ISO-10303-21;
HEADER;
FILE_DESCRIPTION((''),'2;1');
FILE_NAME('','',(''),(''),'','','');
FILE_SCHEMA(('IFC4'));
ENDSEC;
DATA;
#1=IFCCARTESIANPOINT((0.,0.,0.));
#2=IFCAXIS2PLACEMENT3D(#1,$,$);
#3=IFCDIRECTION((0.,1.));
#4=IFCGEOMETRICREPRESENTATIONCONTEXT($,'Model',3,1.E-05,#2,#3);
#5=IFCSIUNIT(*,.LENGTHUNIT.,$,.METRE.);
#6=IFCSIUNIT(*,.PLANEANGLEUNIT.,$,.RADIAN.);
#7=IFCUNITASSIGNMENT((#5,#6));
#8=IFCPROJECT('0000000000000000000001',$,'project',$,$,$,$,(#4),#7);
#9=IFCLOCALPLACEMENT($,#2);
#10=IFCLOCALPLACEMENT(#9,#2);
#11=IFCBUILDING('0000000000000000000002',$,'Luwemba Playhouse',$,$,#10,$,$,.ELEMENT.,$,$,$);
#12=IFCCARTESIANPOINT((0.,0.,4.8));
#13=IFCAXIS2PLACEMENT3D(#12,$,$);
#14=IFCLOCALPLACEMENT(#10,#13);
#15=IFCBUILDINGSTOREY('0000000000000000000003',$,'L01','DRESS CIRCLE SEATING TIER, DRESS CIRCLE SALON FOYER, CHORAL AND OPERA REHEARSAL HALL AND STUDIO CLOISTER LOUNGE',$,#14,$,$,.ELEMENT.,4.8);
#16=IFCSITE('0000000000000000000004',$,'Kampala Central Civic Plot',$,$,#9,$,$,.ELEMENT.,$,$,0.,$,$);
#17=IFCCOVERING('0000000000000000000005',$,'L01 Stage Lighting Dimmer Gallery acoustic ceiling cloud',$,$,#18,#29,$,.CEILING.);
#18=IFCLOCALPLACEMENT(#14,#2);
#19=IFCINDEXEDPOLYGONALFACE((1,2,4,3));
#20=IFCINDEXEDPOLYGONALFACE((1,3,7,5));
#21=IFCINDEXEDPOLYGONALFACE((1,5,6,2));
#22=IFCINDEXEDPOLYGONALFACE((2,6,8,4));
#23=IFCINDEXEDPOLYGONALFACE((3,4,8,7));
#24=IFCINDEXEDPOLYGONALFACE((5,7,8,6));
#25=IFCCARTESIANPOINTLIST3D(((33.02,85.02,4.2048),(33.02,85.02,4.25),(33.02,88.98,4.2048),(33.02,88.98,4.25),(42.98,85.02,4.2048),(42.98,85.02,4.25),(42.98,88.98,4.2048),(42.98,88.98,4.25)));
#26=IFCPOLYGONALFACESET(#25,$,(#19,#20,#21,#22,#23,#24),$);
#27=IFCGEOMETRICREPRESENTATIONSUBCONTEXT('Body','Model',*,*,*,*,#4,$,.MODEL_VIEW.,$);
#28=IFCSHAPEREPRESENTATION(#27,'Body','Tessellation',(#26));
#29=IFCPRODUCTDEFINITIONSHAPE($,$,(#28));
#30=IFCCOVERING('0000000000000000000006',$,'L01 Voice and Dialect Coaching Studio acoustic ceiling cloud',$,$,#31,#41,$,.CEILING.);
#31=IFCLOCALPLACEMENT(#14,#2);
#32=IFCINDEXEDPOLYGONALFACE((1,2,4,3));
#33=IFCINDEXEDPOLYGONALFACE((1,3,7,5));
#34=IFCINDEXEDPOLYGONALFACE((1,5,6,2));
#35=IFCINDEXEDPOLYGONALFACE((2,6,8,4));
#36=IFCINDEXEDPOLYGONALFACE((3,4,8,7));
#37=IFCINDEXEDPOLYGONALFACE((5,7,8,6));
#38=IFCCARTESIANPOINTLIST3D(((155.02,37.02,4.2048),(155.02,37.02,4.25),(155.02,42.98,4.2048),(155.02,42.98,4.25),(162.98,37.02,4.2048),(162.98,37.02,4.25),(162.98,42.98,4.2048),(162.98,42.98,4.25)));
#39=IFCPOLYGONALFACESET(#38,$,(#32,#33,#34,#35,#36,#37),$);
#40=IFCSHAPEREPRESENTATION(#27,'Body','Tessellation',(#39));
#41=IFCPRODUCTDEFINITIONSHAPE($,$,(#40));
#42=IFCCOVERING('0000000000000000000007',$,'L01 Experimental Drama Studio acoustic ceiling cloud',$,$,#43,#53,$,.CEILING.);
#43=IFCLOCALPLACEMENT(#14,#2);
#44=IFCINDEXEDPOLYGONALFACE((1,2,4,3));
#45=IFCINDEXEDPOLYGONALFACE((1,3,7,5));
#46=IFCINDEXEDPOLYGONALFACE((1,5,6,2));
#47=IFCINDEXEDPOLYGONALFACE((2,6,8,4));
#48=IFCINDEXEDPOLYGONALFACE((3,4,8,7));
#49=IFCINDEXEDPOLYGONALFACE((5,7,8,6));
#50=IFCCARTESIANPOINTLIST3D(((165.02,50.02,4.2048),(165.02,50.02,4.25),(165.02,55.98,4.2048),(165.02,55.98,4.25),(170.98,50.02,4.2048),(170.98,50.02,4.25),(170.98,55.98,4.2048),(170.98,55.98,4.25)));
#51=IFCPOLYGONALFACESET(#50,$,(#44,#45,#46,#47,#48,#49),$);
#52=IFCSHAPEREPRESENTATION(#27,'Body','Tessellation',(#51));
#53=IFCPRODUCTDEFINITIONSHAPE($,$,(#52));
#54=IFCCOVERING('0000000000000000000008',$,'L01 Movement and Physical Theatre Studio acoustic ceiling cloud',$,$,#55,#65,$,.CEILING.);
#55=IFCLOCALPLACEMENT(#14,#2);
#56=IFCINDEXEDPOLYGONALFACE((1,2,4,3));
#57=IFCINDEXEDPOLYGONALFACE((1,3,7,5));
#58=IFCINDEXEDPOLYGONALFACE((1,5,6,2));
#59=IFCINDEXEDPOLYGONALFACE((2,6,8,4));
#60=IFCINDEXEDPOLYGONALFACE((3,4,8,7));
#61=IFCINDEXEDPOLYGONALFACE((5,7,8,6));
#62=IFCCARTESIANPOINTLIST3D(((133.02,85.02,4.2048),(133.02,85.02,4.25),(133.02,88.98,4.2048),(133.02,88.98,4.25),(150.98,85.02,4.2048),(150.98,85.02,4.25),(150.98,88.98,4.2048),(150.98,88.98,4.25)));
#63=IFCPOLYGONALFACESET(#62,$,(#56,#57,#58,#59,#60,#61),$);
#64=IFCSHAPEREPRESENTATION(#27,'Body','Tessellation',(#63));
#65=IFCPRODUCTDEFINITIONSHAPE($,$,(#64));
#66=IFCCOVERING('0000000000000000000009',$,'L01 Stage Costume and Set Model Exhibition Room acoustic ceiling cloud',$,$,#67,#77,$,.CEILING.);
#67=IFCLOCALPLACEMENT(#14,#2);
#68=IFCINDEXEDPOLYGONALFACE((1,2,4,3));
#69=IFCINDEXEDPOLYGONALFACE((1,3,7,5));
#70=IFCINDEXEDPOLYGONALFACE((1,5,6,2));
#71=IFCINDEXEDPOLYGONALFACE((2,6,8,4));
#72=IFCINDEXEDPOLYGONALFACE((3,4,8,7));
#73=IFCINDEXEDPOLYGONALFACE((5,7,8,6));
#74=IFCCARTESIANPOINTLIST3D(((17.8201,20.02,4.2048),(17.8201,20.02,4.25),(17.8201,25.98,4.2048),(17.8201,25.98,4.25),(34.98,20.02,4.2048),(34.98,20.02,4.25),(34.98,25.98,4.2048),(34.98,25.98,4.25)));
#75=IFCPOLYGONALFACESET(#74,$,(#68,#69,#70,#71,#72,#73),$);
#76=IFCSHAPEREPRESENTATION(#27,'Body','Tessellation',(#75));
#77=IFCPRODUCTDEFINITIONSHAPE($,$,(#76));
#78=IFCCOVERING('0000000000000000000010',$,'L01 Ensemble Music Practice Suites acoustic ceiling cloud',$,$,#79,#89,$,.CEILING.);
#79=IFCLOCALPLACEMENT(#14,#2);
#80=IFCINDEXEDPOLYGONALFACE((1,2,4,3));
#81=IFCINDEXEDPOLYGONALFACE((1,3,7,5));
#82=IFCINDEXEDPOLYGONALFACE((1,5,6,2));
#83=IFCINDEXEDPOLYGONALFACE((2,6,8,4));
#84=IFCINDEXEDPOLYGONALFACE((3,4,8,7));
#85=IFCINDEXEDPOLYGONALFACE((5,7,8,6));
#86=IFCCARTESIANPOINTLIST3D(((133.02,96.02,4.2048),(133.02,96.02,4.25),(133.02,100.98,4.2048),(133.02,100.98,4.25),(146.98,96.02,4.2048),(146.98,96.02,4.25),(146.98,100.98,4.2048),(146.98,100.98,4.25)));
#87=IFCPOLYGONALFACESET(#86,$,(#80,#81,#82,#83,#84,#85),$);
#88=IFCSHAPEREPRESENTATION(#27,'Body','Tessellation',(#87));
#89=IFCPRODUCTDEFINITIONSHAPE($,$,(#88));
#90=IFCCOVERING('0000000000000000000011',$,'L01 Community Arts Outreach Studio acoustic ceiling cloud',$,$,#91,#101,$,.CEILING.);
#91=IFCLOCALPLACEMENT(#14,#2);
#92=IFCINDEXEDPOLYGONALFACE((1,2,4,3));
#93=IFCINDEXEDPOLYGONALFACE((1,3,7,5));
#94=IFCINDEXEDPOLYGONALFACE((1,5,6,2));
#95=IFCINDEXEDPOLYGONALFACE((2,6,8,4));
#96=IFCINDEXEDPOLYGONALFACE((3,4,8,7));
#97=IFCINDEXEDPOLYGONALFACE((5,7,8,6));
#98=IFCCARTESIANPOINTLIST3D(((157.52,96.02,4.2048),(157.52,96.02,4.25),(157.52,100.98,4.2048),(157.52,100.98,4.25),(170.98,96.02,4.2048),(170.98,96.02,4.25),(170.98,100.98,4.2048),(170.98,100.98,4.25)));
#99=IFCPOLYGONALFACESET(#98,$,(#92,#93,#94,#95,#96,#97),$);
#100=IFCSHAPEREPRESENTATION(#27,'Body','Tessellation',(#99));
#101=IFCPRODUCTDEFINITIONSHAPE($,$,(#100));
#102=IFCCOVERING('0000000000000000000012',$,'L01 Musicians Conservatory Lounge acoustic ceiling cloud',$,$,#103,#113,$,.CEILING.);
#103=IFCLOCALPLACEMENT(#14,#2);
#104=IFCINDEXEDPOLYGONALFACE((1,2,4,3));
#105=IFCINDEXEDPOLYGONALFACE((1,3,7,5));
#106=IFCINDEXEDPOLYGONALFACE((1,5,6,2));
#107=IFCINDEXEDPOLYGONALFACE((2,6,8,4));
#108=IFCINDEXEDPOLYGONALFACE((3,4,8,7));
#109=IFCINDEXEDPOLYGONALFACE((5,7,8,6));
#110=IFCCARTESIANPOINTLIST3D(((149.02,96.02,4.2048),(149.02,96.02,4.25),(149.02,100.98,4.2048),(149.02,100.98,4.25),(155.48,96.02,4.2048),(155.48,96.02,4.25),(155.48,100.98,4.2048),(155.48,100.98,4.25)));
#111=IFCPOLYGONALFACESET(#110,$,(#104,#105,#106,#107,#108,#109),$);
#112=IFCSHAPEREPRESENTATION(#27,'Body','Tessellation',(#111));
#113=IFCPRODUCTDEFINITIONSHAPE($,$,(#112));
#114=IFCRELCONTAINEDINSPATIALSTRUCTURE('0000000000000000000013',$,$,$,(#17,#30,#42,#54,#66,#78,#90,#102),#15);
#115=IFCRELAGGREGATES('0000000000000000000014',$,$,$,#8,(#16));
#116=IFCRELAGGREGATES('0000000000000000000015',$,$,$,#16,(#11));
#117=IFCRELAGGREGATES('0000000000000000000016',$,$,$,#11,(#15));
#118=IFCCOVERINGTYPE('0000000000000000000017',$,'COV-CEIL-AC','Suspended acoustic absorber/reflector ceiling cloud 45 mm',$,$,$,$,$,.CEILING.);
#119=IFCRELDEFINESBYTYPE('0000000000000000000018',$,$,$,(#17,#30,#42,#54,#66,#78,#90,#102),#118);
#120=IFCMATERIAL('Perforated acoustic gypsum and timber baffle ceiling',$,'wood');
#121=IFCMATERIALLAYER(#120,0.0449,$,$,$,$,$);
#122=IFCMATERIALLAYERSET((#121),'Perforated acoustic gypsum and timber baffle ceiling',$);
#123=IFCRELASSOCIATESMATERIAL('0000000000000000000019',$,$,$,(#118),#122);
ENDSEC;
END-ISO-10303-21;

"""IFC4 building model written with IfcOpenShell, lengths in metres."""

from ifc_helpers import new_model, si_unit, direction, frame, origin, place, context, subcontext, project, spatial, polyline, outline, extrude, material, layer, layer_set, type_object, element, save


model = new_model("IFC4")

# Units and contexts
model_context = context("Model", 3, precision=1e-05, world=origin(), true_north=direction((0.0, 1.0)))
body_context = subcontext(model_context, "Body", "Model", "MODEL_VIEW")
ifc_project = project(units=[si_unit("LENGTHUNIT", "METRE"), si_unit("PLANEANGLEUNIT", "RADIAN")], contexts=[model_context])

# Site, building, storey
site_placement = place(None, origin())
site = spatial("IfcSite", under=ifc_project, at=site_placement, Name="Kampala Central Civic Plot", CompositionType="ELEMENT", RefElevation=0.0)
building_placement = place(site_placement, origin())
building = spatial("IfcBuilding", under=site, at=building_placement, Name="Luwemba Playhouse", CompositionType="ELEMENT")
storey_placement = place(building_placement, frame((0.0, 0.0, 4.8)))
storey = spatial("IfcBuildingStorey", under=building, at=storey_placement, Name="L01", Description="DRESS CIRCLE SEATING TIER, DRESS CIRCLE SALON FOYER, CHORAL AND OPERA REHEARSAL HALL AND STUDIO CLOISTER LOUNGE", CompositionType="ELEMENT", Elevation=4.8)

# Coverings
ifc_material_1 = material(Name="Perforated acoustic gypsum and timber baffle ceiling", Category="wood")
ifc_layer_1 = layer(ifc_material_1, 0.0449)
ifc_layer_set_1 = layer_set([ifc_layer_1], Name="Perforated acoustic gypsum and timber baffle ceiling")
covering_type = type_object("IfcCoveringType", Name="COV-CEIL-AC", Description="Suspended acoustic absorber/reflector ceiling cloud 45 mm", PredefinedType="CEILING", material=ifc_layer_set_1)
covering_1_placement = place(storey_placement, frame((0.0, 0.0, 4.2048)))
element("IfcCovering", 1, at=covering_1_placement, inside=storey, type_object=covering_type, Name="L01 Stage Lighting Dimmer Gallery acoustic ceiling cloud", PredefinedType="CEILING", context=body_context, shape_type="SweptSolid", body=[
    extrude(outline(polyline([(33.02, 85.02), (42.98, 85.02), (42.98, 88.98), (33.02, 88.98), (33.02, 85.02)])), origin(), (0.0, 0.0, 1.0), 0.0452),
])
covering_2_placement = place(storey_placement, frame((0.0, 0.0, 4.2048)))
element("IfcCovering", 2, at=covering_2_placement, inside=storey, type_object=covering_type, Name="L01 Voice and Dialect Coaching Studio acoustic ceiling cloud", PredefinedType="CEILING", context=body_context, shape_type="SweptSolid", body=[
    extrude(outline(polyline([(155.02, 37.02), (162.98, 37.02), (162.98, 42.98), (155.02, 42.98), (155.02, 37.02)])), origin(), (0.0, 0.0, 1.0), 0.0452),
])
covering_3_placement = place(storey_placement, frame((0.0, 0.0, 4.2048)))
element("IfcCovering", 3, at=covering_3_placement, inside=storey, type_object=covering_type, Name="L01 Experimental Drama Studio acoustic ceiling cloud", PredefinedType="CEILING", context=body_context, shape_type="SweptSolid", body=[
    extrude(outline(polyline([(165.02, 50.02), (170.98, 50.02), (170.98, 55.98), (165.02, 55.98), (165.02, 50.02)])), origin(), (0.0, 0.0, 1.0), 0.0452),
])
covering_4_placement = place(storey_placement, frame((0.0, 0.0, 4.2048)))
element("IfcCovering", 4, at=covering_4_placement, inside=storey, type_object=covering_type, Name="L01 Movement and Physical Theatre Studio acoustic ceiling cloud", PredefinedType="CEILING", context=body_context, shape_type="SweptSolid", body=[
    extrude(outline(polyline([(133.02, 85.02), (150.98, 85.02), (150.98, 88.98), (133.02, 88.98), (133.02, 85.02)])), origin(), (0.0, 0.0, 1.0), 0.0452),
])
covering_5_placement = place(storey_placement, frame((0.0, 0.0, 4.2048)))
element("IfcCovering", 5, at=covering_5_placement, inside=storey, type_object=covering_type, Name="L01 Stage Costume and Set Model Exhibition Room acoustic ceiling cloud", PredefinedType="CEILING", context=body_context, shape_type="SweptSolid", body=[
    extrude(outline(polyline([(17.8201, 20.02), (34.98, 20.02), (34.98, 25.98), (17.8201, 25.98), (17.8201, 20.02)])), origin(), (0.0, 0.0, 1.0), 0.0452),
])
covering_6_placement = place(storey_placement, frame((0.0, 0.0, 4.2048)))
element("IfcCovering", 6, at=covering_6_placement, inside=storey, type_object=covering_type, Name="L01 Ensemble Music Practice Suites acoustic ceiling cloud", PredefinedType="CEILING", context=body_context, shape_type="SweptSolid", body=[
    extrude(outline(polyline([(133.02, 96.02), (146.98, 96.02), (146.98, 100.98), (133.02, 100.98), (133.02, 96.02)])), origin(), (0.0, 0.0, 1.0), 0.0452),
])
covering_7_placement = place(storey_placement, frame((0.0, 0.0, 4.2048)))
element("IfcCovering", 7, at=covering_7_placement, inside=storey, type_object=covering_type, Name="L01 Community Arts Outreach Studio acoustic ceiling cloud", PredefinedType="CEILING", context=body_context, shape_type="SweptSolid", body=[
    extrude(outline(polyline([(157.52, 96.02), (170.98, 96.02), (170.98, 100.98), (157.52, 100.98), (157.52, 96.02)])), origin(), (0.0, 0.0, 1.0), 0.0452),
])
covering_8_placement = place(storey_placement, frame((0.0, 0.0, 4.2048)))
element("IfcCovering", 8, at=covering_8_placement, inside=storey, type_object=covering_type, Name="L01 Musicians Conservatory Lounge acoustic ceiling cloud", PredefinedType="CEILING", context=body_context, shape_type="SweptSolid", body=[
    extrude(outline(polyline([(149.02, 96.02), (155.48, 96.02), (155.48, 100.98), (149.02, 100.98), (149.02, 96.02)])), origin(), (0.0, 0.0, 1.0), 0.0452),
])

save(model, "model.ifc")
